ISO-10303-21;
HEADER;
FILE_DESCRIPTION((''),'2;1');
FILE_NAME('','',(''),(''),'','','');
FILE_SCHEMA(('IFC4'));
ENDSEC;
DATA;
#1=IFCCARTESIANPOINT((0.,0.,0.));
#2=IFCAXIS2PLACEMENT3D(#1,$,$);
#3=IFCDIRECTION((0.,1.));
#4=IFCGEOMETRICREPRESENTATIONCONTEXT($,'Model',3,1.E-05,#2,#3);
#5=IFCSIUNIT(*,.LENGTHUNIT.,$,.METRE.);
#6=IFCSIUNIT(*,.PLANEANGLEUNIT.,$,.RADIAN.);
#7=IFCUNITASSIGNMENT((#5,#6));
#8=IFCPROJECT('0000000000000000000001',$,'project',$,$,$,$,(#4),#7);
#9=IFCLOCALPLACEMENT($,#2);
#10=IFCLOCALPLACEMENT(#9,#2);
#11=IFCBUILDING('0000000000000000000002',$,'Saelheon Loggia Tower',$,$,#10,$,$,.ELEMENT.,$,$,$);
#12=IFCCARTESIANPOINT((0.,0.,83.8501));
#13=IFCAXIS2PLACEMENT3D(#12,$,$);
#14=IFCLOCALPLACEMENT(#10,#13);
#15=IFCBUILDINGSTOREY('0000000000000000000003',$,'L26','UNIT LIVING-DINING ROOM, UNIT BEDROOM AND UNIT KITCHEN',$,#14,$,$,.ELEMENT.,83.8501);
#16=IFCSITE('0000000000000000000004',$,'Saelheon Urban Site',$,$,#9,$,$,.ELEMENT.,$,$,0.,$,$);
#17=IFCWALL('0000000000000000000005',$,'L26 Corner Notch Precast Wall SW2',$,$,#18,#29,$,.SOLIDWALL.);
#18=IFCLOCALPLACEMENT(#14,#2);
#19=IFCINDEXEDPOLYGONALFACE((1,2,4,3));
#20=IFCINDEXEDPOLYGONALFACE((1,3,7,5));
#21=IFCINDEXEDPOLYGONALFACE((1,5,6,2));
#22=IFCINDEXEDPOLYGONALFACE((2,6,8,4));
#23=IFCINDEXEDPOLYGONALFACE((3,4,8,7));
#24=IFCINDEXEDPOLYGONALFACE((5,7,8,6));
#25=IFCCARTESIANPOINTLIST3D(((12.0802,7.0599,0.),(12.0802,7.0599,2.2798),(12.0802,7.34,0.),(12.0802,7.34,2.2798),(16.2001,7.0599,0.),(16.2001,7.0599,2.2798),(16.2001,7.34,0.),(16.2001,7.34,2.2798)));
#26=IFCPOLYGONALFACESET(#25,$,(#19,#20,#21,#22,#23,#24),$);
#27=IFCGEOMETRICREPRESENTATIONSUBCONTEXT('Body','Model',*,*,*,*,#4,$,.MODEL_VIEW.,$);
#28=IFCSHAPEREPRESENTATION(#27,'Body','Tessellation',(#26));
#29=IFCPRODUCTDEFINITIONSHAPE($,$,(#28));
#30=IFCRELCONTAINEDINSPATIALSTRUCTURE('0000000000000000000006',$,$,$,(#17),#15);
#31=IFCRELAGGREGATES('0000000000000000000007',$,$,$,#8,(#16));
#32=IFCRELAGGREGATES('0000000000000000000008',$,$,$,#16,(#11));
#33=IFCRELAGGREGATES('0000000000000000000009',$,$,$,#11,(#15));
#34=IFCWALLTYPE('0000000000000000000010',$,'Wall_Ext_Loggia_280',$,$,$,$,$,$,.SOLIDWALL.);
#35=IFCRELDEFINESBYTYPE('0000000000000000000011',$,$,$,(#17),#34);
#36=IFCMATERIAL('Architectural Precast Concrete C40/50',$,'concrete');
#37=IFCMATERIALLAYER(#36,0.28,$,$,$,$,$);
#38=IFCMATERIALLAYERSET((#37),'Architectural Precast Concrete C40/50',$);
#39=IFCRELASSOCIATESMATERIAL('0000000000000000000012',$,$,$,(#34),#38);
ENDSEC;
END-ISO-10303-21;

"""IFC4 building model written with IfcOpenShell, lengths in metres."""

from ifc_helpers import new_model, si_unit, direction, frame, frame_2d, origin, place, context, subcontext, project, spatial, rectangle, extrude, material, layer, layer_set, type_object, element, save


model = new_model("IFC4")

# Units and contexts
model_context = context("Model", 3, precision=1e-05, world=origin(), true_north=direction((0.0, 1.0)))
body_context = subcontext(model_context, "Body", "Model", "MODEL_VIEW")
ifc_project = project(units=[si_unit("LENGTHUNIT", "METRE"), si_unit("PLANEANGLEUNIT", "RADIAN")], contexts=[model_context])

# Site, building, storey
site_placement = place(None, origin())
site = spatial("IfcSite", under=ifc_project, at=site_placement, Name="Saelheon Urban Site", CompositionType="ELEMENT", RefElevation=0.0)
building_placement = place(site_placement, origin())
building = spatial("IfcBuilding", under=site, at=building_placement, Name="Saelheon Loggia Tower", CompositionType="ELEMENT")
storey_placement = place(building_placement, frame((0.0, 0.0, 83.8501)))
storey = spatial("IfcBuildingStorey", under=building, at=storey_placement, Name="L26", Description="UNIT LIVING-DINING ROOM, UNIT BEDROOM AND UNIT KITCHEN", CompositionType="ELEMENT", Elevation=83.8501)

# Shared definitions
ifc_material_1 = material(Name="Architectural Precast Concrete C40/50", Category="concrete")
ifc_layer_1 = layer(ifc_material_1, 0.28)
ifc_layer_set_1 = layer_set([ifc_layer_1], Name="Architectural Precast Concrete C40/50")
wall_type = type_object("IfcWallType", Name="Wall_Ext_Loggia_280", PredefinedType="SOLIDWALL", material=ifc_layer_set_1)

# Wall
wall_1_placement = place(storey_placement, frame((12.0801, 7.2, 0.0), z_axis=(0.0, 0.0, 1.0), x_axis=(1.0, 0.0, 0.0)))
element("IfcWall", 1, at=wall_1_placement, inside=storey, type_object=wall_type, Name="L26 Corner Notch Precast Wall SW2", PredefinedType="SOLIDWALL", context=body_context, shape_type="SweptSolid", body=[
    extrude(rectangle(XDim=4.1199, YDim=0.28, at=frame_2d((2.0601, 0.0))), origin(), (0.0, 0.0, 1.0), 2.2798),
])

save(model, "model.ifc")
